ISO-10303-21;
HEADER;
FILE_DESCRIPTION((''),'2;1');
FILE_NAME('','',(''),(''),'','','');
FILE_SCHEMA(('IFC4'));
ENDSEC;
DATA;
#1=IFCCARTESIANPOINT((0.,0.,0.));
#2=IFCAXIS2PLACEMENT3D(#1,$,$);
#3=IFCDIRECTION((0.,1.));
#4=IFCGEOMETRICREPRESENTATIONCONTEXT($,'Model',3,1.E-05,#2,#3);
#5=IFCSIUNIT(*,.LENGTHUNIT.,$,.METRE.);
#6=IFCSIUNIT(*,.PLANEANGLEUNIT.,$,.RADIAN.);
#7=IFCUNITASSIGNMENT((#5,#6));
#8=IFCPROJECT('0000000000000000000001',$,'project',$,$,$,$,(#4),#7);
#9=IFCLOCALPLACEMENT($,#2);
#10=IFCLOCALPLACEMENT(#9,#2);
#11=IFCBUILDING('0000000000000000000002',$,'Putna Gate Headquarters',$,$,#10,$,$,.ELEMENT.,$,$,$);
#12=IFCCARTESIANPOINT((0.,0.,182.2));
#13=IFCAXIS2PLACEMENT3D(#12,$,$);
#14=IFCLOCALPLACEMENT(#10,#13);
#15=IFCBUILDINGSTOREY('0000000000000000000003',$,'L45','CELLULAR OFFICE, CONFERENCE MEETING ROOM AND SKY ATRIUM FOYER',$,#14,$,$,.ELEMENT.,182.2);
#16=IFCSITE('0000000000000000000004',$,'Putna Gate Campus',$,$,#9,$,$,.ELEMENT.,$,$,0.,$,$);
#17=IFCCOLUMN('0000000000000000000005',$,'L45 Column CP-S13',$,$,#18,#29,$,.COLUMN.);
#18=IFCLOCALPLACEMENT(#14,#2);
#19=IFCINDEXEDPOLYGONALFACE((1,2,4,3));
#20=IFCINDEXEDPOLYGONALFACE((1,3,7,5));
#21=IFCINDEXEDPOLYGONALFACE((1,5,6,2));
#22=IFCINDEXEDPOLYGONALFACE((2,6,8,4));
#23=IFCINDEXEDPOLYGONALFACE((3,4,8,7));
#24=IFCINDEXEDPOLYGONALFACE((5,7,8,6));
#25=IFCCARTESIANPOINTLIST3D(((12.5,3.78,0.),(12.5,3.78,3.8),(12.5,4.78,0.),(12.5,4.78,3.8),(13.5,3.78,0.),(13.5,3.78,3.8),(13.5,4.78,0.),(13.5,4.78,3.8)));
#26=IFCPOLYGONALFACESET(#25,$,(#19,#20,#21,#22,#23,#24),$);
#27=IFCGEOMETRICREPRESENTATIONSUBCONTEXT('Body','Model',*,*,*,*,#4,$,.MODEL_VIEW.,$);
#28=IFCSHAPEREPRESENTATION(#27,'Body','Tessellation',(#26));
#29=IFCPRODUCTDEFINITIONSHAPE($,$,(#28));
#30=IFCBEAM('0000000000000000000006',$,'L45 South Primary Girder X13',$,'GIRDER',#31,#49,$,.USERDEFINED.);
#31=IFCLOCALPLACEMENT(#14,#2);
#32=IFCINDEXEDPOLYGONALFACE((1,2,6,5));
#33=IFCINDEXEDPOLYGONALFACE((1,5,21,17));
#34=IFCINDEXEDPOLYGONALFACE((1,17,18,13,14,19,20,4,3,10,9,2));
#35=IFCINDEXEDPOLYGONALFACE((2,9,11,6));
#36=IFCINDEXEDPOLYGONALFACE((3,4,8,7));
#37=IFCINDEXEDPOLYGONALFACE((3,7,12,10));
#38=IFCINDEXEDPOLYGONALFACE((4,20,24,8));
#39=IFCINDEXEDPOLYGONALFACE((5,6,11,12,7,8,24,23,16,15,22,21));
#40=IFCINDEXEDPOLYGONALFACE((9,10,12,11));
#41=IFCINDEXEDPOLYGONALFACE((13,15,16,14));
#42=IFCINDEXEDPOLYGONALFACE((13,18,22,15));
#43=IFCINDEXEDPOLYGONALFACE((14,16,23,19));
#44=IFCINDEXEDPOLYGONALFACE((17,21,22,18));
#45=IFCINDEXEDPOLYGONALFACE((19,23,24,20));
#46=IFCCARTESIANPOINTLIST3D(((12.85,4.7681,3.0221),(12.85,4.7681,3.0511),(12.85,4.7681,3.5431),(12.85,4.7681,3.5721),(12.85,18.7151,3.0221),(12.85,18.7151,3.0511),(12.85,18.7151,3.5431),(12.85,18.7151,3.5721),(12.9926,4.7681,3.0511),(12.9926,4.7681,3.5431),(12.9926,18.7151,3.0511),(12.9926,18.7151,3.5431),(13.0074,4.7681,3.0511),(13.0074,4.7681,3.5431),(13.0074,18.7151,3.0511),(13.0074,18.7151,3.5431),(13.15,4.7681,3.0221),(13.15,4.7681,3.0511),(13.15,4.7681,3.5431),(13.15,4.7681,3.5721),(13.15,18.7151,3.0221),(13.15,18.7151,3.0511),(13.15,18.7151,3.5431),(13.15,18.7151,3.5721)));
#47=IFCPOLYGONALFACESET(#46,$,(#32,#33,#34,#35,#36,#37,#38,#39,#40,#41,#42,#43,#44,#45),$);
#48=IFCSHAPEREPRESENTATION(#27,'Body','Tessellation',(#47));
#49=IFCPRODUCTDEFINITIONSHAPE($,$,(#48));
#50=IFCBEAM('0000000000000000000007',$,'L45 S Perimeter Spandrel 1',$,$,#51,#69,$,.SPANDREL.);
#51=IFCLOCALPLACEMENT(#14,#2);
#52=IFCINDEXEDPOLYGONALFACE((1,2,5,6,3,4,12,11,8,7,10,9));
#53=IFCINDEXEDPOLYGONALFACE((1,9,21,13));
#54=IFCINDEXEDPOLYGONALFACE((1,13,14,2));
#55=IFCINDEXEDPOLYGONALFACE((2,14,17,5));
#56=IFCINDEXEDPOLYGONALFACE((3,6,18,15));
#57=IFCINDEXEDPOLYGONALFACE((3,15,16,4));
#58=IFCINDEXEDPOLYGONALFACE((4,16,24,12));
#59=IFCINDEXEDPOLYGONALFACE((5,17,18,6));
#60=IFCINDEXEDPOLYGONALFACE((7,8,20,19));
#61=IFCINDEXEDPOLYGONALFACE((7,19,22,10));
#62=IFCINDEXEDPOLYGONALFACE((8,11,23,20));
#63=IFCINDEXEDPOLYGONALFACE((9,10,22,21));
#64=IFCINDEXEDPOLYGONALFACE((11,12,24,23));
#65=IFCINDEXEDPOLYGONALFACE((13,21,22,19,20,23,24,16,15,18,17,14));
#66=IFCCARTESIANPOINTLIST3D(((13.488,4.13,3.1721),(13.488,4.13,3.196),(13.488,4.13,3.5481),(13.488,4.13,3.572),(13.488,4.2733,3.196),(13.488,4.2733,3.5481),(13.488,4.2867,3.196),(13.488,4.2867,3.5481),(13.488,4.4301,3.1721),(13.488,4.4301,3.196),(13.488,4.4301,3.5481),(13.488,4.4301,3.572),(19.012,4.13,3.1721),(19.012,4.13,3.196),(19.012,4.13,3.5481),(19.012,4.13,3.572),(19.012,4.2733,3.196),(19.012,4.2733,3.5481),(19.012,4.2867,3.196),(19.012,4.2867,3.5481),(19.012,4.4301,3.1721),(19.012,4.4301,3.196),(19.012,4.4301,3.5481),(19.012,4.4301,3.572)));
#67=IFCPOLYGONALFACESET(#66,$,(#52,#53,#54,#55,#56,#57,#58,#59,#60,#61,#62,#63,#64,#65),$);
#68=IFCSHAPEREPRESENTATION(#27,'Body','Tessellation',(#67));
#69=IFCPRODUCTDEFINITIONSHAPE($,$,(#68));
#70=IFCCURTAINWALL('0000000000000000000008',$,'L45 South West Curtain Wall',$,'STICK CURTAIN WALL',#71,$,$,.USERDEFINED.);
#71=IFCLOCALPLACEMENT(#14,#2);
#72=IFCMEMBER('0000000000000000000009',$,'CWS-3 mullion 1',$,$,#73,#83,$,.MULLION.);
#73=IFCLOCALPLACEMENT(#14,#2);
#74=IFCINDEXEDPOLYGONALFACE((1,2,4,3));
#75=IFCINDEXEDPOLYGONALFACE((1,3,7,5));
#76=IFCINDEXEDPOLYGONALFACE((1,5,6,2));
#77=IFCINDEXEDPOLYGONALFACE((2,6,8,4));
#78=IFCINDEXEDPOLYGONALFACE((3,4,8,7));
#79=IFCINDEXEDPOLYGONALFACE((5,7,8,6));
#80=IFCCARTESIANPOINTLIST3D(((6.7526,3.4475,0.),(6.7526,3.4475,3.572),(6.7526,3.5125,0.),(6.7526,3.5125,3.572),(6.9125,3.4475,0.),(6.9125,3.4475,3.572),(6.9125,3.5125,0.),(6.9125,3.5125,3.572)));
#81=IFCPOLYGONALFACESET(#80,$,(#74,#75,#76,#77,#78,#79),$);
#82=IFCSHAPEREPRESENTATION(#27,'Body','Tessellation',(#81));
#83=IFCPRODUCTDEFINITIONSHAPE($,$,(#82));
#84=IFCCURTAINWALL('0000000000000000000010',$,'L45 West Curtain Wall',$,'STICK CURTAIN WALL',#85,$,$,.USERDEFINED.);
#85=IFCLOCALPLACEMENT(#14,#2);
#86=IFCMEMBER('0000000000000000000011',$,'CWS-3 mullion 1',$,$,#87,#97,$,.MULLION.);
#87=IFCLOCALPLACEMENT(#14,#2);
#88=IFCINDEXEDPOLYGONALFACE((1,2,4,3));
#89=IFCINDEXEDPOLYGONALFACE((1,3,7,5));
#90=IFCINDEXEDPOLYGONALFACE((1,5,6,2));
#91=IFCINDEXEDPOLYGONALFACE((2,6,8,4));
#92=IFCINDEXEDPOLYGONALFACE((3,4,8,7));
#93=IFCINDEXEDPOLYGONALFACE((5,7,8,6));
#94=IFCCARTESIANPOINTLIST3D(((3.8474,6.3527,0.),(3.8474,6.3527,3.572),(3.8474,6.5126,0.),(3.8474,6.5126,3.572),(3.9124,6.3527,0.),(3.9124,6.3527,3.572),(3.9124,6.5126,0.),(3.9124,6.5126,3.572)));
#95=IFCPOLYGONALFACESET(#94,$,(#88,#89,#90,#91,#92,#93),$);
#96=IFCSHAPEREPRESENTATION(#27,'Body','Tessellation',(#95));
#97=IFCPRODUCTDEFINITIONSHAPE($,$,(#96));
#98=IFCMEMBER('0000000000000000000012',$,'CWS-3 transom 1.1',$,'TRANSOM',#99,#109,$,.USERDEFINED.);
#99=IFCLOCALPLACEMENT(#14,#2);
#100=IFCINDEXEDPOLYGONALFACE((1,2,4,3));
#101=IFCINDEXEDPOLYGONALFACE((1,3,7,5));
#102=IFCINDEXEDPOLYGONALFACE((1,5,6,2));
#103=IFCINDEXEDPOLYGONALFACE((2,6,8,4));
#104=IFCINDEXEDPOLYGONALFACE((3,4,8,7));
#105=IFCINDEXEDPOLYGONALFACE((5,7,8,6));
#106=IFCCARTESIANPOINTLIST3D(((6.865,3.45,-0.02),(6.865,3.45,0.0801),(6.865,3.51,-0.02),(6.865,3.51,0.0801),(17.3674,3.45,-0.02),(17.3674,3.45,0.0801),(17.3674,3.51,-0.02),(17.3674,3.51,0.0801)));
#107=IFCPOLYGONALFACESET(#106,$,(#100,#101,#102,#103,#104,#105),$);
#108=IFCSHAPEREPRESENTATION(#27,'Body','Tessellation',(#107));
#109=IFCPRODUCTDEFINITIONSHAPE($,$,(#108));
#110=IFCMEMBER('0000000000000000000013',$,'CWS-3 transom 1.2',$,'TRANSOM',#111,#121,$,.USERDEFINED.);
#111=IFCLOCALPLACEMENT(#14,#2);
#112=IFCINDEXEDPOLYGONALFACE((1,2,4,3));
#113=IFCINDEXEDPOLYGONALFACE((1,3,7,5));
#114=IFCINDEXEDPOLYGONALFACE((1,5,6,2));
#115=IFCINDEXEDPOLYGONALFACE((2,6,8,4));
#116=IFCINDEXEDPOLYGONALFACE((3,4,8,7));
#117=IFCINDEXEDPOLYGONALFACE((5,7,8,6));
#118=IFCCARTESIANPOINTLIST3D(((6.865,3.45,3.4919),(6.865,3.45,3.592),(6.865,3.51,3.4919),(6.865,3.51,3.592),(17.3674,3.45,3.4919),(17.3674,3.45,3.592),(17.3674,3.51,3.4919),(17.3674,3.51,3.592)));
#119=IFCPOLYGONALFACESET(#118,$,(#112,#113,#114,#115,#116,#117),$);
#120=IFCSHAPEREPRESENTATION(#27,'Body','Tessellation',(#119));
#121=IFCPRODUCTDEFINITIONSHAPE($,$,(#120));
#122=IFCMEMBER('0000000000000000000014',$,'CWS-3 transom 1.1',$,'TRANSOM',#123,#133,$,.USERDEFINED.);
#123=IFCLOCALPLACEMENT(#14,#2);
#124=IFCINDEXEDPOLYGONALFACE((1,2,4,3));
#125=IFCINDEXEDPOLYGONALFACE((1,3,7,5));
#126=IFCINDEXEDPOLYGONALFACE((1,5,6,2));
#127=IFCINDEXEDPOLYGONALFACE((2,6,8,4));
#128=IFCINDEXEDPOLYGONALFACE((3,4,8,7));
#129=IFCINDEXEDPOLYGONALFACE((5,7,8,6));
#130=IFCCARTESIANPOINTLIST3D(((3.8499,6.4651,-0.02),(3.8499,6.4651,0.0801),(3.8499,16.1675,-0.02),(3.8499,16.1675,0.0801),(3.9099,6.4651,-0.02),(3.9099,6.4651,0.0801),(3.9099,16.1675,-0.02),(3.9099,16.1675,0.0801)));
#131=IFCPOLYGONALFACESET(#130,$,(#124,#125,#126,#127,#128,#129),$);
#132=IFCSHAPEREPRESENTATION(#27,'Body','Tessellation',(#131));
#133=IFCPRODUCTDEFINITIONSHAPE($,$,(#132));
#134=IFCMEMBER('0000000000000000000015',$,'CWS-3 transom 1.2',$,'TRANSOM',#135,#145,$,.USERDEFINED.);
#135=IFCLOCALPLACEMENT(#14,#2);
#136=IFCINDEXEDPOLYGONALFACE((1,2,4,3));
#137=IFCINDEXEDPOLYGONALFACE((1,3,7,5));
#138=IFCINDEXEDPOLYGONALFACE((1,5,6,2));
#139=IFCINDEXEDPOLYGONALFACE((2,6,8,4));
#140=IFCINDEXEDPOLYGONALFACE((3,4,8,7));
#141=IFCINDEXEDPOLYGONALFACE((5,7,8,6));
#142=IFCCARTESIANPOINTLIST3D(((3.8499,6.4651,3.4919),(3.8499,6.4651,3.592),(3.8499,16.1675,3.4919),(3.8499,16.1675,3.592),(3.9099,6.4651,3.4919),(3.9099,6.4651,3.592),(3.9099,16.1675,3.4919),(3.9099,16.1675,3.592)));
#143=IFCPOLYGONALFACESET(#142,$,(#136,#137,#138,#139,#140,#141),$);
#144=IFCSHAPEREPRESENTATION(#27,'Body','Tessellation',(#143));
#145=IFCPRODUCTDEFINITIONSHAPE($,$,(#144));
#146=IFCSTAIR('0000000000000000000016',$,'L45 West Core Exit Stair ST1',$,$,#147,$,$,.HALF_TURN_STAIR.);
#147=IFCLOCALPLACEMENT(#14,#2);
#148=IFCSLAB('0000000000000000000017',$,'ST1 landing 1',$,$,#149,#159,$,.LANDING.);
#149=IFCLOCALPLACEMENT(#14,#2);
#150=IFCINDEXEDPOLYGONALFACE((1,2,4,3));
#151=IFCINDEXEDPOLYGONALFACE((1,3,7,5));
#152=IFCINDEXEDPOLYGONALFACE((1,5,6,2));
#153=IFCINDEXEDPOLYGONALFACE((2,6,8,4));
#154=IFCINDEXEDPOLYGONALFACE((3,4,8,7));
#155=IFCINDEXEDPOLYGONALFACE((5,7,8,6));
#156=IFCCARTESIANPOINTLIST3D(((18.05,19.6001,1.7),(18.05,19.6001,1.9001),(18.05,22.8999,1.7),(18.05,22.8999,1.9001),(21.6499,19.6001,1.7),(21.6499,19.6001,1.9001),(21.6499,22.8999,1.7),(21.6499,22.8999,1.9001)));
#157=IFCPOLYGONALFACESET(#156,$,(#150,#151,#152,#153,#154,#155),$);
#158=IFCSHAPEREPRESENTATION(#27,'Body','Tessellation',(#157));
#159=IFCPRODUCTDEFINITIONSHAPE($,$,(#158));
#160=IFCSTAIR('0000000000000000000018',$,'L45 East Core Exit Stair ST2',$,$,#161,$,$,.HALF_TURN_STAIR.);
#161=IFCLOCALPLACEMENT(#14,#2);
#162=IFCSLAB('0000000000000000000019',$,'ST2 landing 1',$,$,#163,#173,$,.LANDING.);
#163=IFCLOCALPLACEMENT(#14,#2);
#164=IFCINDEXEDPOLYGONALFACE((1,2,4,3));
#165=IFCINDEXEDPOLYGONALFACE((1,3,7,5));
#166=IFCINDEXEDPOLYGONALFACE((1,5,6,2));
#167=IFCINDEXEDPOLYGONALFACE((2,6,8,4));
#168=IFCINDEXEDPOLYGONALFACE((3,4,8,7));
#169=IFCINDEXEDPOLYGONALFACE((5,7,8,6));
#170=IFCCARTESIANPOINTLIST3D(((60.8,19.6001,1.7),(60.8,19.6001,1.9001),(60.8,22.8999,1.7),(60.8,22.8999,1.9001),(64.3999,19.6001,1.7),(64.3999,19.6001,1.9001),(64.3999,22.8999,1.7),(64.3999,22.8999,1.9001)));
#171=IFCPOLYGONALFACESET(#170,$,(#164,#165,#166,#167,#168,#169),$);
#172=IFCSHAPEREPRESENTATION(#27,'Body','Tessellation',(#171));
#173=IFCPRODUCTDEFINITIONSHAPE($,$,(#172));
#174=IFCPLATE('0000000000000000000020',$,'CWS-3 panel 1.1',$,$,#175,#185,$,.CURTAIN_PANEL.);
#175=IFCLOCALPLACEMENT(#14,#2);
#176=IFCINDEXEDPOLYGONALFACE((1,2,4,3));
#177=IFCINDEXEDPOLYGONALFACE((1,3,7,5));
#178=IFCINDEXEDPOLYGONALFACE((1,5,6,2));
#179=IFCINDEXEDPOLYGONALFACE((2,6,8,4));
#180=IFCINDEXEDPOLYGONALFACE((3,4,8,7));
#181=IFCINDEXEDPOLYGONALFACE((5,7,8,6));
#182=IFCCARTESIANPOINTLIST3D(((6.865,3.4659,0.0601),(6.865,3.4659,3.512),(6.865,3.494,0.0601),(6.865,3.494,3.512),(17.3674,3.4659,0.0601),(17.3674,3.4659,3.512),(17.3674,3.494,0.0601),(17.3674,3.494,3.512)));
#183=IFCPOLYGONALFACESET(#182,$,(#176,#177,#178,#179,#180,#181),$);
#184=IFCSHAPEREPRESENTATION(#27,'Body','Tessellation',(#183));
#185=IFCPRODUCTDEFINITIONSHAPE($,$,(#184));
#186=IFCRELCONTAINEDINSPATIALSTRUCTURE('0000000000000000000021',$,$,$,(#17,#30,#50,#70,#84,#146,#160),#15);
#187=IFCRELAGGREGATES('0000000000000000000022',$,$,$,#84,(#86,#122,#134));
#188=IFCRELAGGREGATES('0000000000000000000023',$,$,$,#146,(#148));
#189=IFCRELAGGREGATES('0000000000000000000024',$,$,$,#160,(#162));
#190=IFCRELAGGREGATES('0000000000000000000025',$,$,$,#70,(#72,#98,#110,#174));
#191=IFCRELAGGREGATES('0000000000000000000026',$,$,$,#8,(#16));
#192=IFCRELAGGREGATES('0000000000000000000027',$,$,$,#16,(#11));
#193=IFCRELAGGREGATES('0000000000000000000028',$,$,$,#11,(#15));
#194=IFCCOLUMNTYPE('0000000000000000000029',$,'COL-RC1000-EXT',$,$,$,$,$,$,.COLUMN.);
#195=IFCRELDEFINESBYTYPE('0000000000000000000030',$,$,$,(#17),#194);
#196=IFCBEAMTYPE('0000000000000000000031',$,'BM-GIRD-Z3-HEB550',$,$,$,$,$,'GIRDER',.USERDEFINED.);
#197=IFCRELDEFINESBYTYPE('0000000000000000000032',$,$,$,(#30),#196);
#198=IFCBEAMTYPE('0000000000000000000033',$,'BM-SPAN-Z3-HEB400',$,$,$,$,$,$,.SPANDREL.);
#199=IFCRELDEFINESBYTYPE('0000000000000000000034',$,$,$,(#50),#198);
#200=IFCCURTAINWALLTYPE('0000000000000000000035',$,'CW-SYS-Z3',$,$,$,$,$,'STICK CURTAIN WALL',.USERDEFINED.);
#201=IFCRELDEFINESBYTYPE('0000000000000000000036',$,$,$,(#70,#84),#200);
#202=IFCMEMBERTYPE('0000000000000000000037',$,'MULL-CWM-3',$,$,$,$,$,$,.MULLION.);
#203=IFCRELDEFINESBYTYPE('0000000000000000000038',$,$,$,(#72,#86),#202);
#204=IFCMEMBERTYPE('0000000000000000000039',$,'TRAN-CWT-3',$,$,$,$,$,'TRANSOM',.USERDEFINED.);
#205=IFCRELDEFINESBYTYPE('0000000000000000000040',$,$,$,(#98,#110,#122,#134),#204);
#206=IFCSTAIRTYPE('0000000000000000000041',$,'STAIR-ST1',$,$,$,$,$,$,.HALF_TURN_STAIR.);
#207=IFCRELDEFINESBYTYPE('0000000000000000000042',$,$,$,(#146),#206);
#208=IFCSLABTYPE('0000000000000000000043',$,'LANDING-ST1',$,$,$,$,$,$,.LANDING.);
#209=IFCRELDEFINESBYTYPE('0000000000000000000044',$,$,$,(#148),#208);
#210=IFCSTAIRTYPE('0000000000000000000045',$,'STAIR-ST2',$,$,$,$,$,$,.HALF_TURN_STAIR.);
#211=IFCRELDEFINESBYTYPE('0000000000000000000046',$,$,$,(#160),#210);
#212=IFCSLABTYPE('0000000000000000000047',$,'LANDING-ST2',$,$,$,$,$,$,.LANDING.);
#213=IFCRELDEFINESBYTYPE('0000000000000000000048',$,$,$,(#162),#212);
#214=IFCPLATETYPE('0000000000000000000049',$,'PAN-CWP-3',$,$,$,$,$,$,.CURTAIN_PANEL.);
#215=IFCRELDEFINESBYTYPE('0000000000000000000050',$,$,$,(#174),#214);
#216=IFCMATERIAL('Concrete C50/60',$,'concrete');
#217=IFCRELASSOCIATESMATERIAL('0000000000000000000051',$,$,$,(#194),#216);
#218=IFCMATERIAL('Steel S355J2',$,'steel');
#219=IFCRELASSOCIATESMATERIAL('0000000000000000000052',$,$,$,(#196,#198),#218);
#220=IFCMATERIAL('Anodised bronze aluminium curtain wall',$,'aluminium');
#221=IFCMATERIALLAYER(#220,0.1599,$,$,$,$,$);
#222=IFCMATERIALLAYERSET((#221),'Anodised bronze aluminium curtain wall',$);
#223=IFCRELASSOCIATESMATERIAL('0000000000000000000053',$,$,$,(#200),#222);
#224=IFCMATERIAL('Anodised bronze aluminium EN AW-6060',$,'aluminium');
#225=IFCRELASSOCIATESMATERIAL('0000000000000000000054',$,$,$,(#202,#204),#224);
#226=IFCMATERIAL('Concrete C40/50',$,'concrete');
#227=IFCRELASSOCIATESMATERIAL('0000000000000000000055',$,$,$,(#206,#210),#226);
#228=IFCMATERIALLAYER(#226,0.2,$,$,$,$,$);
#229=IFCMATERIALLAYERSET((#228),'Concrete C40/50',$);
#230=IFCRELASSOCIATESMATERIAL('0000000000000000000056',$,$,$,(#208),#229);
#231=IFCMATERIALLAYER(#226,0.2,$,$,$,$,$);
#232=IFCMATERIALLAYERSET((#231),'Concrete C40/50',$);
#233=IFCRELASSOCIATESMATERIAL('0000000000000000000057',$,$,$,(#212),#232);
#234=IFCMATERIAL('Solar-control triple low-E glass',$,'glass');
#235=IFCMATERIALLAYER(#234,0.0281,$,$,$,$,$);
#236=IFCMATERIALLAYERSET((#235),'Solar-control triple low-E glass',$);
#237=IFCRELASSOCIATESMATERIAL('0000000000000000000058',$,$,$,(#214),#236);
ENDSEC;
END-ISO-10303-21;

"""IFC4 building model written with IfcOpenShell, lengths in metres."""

from ifc_helpers import new_model, si_unit, direction, frame, origin, origin_2d, place, context, subcontext, project, spatial, polyline, rectangle, i_section, outline, extrude, material, layer, layer_set, material_profile, profile_set, type_object, element, aggregate, save


model = new_model("IFC4")

# Units and contexts
model_context = context("Model", 3, precision=1e-05, world=origin(), true_north=direction((0.0, 1.0)))
body_context = subcontext(model_context, "Body", "Model", "MODEL_VIEW")
ifc_project = project(units=[si_unit("LENGTHUNIT", "METRE"), si_unit("PLANEANGLEUNIT", "RADIAN")], contexts=[model_context])

# Site, building, storey
site_placement = place(None, origin())
site = spatial("IfcSite", under=ifc_project, at=site_placement, Name="Putna Gate Campus", CompositionType="ELEMENT", RefElevation=0.0)
building_placement = place(site_placement, origin())
building = spatial("IfcBuilding", under=site, at=building_placement, Name="Putna Gate Headquarters", CompositionType="ELEMENT")
storey_placement = place(building_placement, frame((0.0, 0.0, 182.2)))
storey = spatial("IfcBuildingStorey", under=building, at=storey_placement, Name="L45", Description="CELLULAR OFFICE, CONFERENCE MEETING ROOM AND SKY ATRIUM FOYER", CompositionType="ELEMENT", Elevation=182.2)

# Column
ifc_material_1 = material(Name="Concrete C50/60", Category="concrete")
ifc_material_profile_1 = material_profile(ifc_material_1, rectangle(XDim=1.0, YDim=1.0, at=origin_2d()), Name="Concrete C50/60")
ifc_profile_set_1 = profile_set([ifc_material_profile_1], Name="Concrete C50/60")
column_type = type_object("IfcColumnType", Name="COL-RC1000-EXT", PredefinedType="COLUMN", material=ifc_profile_set_1)
column_placement = place(storey_placement, frame((13.0, 4.28, 0.0), z_axis=(0.0, 0.0, 1.0), x_axis=(1.0, 0.0, 0.0)))
element("IfcColumn", 1, at=column_placement, inside=storey, type_object=column_type, Name="L45 Column CP-S13", PredefinedType="COLUMN", context=body_context, shape_type="SweptSolid", body=[
    extrude(rectangle(XDim=1.0, YDim=1.0, at=origin_2d()), origin(), (0.0, 0.0, 1.0), 3.8),
])

# Beams
ifc_material_2 = material(Name="Steel S355J2", Category="steel")
ifc_material_profile_2 = material_profile(ifc_material_2, i_section(OverallWidth=0.3, OverallDepth=0.55, WebThickness=0.0149, FlangeThickness=0.0291, at=origin_2d()), Name="Steel S355J2")
ifc_profile_set_2 = profile_set([ifc_material_profile_2], Name="Steel S355J2")
beam_type_1 = type_object("IfcBeamType", Name="BM-GIRD-Z3-HEB550", ElementType="GIRDER", PredefinedType="USERDEFINED", material=ifc_profile_set_2)
beam_1_placement = place(storey_placement, frame((13.0, 4.7681, 3.2971), z_axis=(0.0, 1.0, 0.0), x_axis=(-1.0, 0.0, 0.0)))
element("IfcBeam", 2, at=beam_1_placement, inside=storey, type_object=beam_type_1, Name="L45 South Primary Girder X13", ObjectType="GIRDER", PredefinedType="USERDEFINED", context=body_context, shape_type="SweptSolid", body=[
    extrude(i_section(OverallWidth=0.3, OverallDepth=0.55, WebThickness=0.0149, FlangeThickness=0.0291, at=origin_2d()), origin(), (0.0, 0.0, 1.0), 13.947),
])
ifc_material_profile_3 = material_profile(ifc_material_2, i_section(OverallWidth=0.3, OverallDepth=0.3999, WebThickness=0.0134, FlangeThickness=0.0239, at=origin_2d()), Name="Steel S355J2")
ifc_profile_set_3 = profile_set([ifc_material_profile_3], Name="Steel S355J2")
beam_type_2 = type_object("IfcBeamType", Name="BM-SPAN-Z3-HEB400", PredefinedType="SPANDREL", material=ifc_profile_set_3)
beam_2_placement = place(storey_placement, frame((13.488, 4.28, 3.3721), z_axis=(1.0, 0.0, 0.0), x_axis=(0.0, 1.0, 0.0)))
element("IfcBeam", 3, at=beam_2_placement, inside=storey, type_object=beam_type_2, Name="L45 S Perimeter Spandrel 1", PredefinedType="SPANDREL", context=body_context, shape_type="SweptSolid", body=[
    extrude(i_section(OverallWidth=0.3, OverallDepth=0.3999, WebThickness=0.0134, FlangeThickness=0.0239, at=origin_2d()), origin(), (0.0, 0.0, 1.0), 5.5239),
])

# Curtain walls, members
ifc_material_3 = material(Name="Anodised bronze aluminium curtain wall", Category="aluminium")
ifc_layer_1 = layer(ifc_material_3, 0.1599)
ifc_layer_set_1 = layer_set([ifc_layer_1], Name="Anodised bronze aluminium curtain wall")
curtain_wall_type = type_object("IfcCurtainWallType", Name="CW-SYS-Z3", ElementType="STICK CURTAIN WALL", PredefinedType="USERDEFINED", material=ifc_layer_set_1)
curtain_wall_1_placement = place(storey_placement, origin())
curtain_wall_1 = element("IfcCurtainWall", 4, at=curtain_wall_1_placement, inside=storey, type_object=curtain_wall_type, Name="L45 South West Curtain Wall", ObjectType="STICK CURTAIN WALL", PredefinedType="USERDEFINED")
ifc_material_4 = material(Name="Anodised bronze aluminium EN AW-6060", Category="aluminium")
ifc_material_profile_4 = material_profile(ifc_material_4, rectangle(XDim=0.0649, YDim=0.1599, at=origin_2d()), Name="Anodised bronze aluminium EN AW-6060")
ifc_profile_set_4 = profile_set([ifc_material_profile_4], Name="Anodised bronze aluminium EN AW-6060")
member_type_1 = type_object("IfcMemberType", Name="MULL-CWM-3", PredefinedType="MULLION", material=ifc_profile_set_4)
member_1_placement = place(storey_placement, frame((6.8325, 3.48, 0.0), z_axis=(0.0, 0.0, 1.0), x_axis=(0.0, 1.0, 0.0)))
member_1 = element("IfcMember", 5, at=member_1_placement, type_object=member_type_1, Name="CWS-3 mullion 1", PredefinedType="MULLION", context=body_context, shape_type="SweptSolid", body=[
    extrude(rectangle(XDim=0.0649, YDim=0.1599, at=origin_2d()), origin(), (0.0, 0.0, 1.0), 3.572),
])
curtain_wall_2_placement = place(storey_placement, origin())
curtain_wall_2 = element("IfcCurtainWall", 6, at=curtain_wall_2_placement, inside=storey, type_object=curtain_wall_type, Name="L45 West Curtain Wall", ObjectType="STICK CURTAIN WALL", PredefinedType="USERDEFINED")
member_2_placement = place(storey_placement, frame((3.8799, 6.4326, 0.0), z_axis=(0.0, 0.0, 1.0), x_axis=(-1.0, 0.0, 0.0)))
member_2 = element("IfcMember", 7, at=member_2_placement, type_object=member_type_1, Name="CWS-3 mullion 1", PredefinedType="MULLION", context=body_context, shape_type="SweptSolid", body=[
    extrude(rectangle(XDim=0.0649, YDim=0.1599, at=origin_2d()), origin(), (0.0, 0.0, 1.0), 3.572),
])

# Members
ifc_material_profile_5 = material_profile(ifc_material_4, rectangle(XDim=0.0601, YDim=0.1001, at=origin_2d()), Name="Anodised bronze aluminium EN AW-6060")
ifc_profile_set_5 = profile_set([ifc_material_profile_5], Name="Anodised bronze aluminium EN AW-6060")
member_type_2 = type_object("IfcMemberType", Name="TRAN-CWT-3", ElementType="TRANSOM", PredefinedType="USERDEFINED", material=ifc_profile_set_5)
member_3_placement = place(storey_placement, frame((6.865, 3.48, 0.03), z_axis=(1.0, 0.0, 0.0), x_axis=(0.0, 1.0, 0.0)))
member_3 = element("IfcMember", 8, at=member_3_placement, type_object=member_type_2, Name="CWS-3 transom 1.1", ObjectType="TRANSOM", PredefinedType="USERDEFINED", context=body_context, shape_type="SweptSolid", body=[
    extrude(rectangle(XDim=0.0601, YDim=0.1001, at=origin_2d()), origin(), (0.0, 0.0, 1.0), 10.5024),
])
member_4_placement = place(storey_placement, frame((6.865, 3.48, 3.542), z_axis=(1.0, 0.0, 0.0), x_axis=(0.0, 1.0, 0.0)))
member_4 = element("IfcMember", 9, at=member_4_placement, type_object=member_type_2, Name="CWS-3 transom 1.2", ObjectType="TRANSOM", PredefinedType="USERDEFINED", context=body_context, shape_type="SweptSolid", body=[
    extrude(rectangle(XDim=0.0601, YDim=0.1001, at=origin_2d()), origin(), (0.0, 0.0, 1.0), 10.5024),
])
member_5_placement = place(storey_placement, frame((3.8799, 6.4651, 0.03), z_axis=(0.0, 1.0, 0.0), x_axis=(-1.0, 0.0, 0.0)))
member_5 = element("IfcMember", 10, at=member_5_placement, type_object=member_type_2, Name="CWS-3 transom 1.1", ObjectType="TRANSOM", PredefinedType="USERDEFINED", context=body_context, shape_type="SweptSolid", body=[
    extrude(rectangle(XDim=0.0601, YDim=0.1001, at=origin_2d()), origin(), (0.0, 0.0, 1.0), 9.7024),
])
member_6_placement = place(storey_placement, frame((3.8799, 6.4651, 3.542), z_axis=(0.0, 1.0, 0.0), x_axis=(-1.0, 0.0, 0.0)))
member_6 = element("IfcMember", 11, at=member_6_placement, type_object=member_type_2, Name="CWS-3 transom 1.2", ObjectType="TRANSOM", PredefinedType="USERDEFINED", context=body_context, shape_type="SweptSolid", body=[
    extrude(rectangle(XDim=0.0601, YDim=0.1001, at=origin_2d()), origin(), (0.0, 0.0, 1.0), 9.7024),
])
aggregate(curtain_wall_2, [member_2, member_5, member_6])

# Stairs, slabs
ifc_material_5 = material(Name="Concrete C40/50", Category="concrete")
stair_type_1 = type_object("IfcStairType", Name="STAIR-ST1", PredefinedType="HALF_TURN_STAIR", material=ifc_material_5)
stair_1_placement = place(storey_placement, origin())
stair_1 = element("IfcStair", 12, at=stair_1_placement, inside=storey, type_object=stair_type_1, Name="L45 West Core Exit Stair ST1", PredefinedType="HALF_TURN_STAIR")
ifc_layer_2 = layer(ifc_material_5, 0.2)
ifc_layer_set_2 = layer_set([ifc_layer_2], Name="Concrete C40/50")
slab_type_1 = type_object("IfcSlabType", Name="LANDING-ST1", PredefinedType="LANDING", material=ifc_layer_set_2)
slab_1_placement = place(storey_placement, frame((0.0, 0.0, 1.7)))
slab_1 = element("IfcSlab", 13, at=slab_1_placement, type_object=slab_type_1, Name="ST1 landing 1", PredefinedType="LANDING", context=body_context, shape_type="SweptSolid", body=[
    extrude(outline(polyline([(18.05, 19.6001), (21.6499, 19.6001), (21.6499, 22.8999), (18.05, 22.8999), (18.05, 19.6001)])), origin(), (0.0, 0.0, 1.0), 0.2002),
])
aggregate(stair_1, [slab_1])
stair_type_2 = type_object("IfcStairType", Name="STAIR-ST2", PredefinedType="HALF_TURN_STAIR", material=ifc_material_5)
stair_2_placement = place(storey_placement, origin())
stair_2 = element("IfcStair", 14, at=stair_2_placement, inside=storey, type_object=stair_type_2, Name="L45 East Core Exit Stair ST2", PredefinedType="HALF_TURN_STAIR")
ifc_layer_3 = layer(ifc_material_5, 0.2)
ifc_layer_set_3 = layer_set([ifc_layer_3], Name="Concrete C40/50")
slab_type_2 = type_object("IfcSlabType", Name="LANDING-ST2", PredefinedType="LANDING", material=ifc_layer_set_3)
slab_2_placement = place(storey_placement, frame((0.0, 0.0, 1.7)))
slab_2 = element("IfcSlab", 15, at=slab_2_placement, type_object=slab_type_2, Name="ST2 landing 1", PredefinedType="LANDING", context=body_context, shape_type="SweptSolid", body=[
    extrude(outline(polyline([(60.8, 19.6001), (64.3999, 19.6001), (64.3999, 22.8999), (60.8, 22.8999), (60.8, 19.6001)])), origin(), (0.0, 0.0, 1.0), 0.2002),
])
aggregate(stair_2, [slab_2])

# Plate
ifc_material_6 = material(Name="Solar-control triple low-E glass", Category="glass")
ifc_layer_4 = layer(ifc_material_6, 0.0281)
ifc_layer_set_4 = layer_set([ifc_layer_4], Name="Solar-control triple low-E glass")
plate_type = type_object("IfcPlateType", Name="PAN-CWP-3", PredefinedType="CURTAIN_PANEL", material=ifc_layer_set_4)
plate_placement = place(storey_placement, frame((12.1162, 3.48, 0.0601), z_axis=(0.0, 0.0, 1.0), x_axis=(1.0, 0.0, 0.0)))
plate = element("IfcPlate", 16, at=plate_placement, type_object=plate_type, Name="CWS-3 panel 1.1", PredefinedType="CURTAIN_PANEL", context=body_context, shape_type="SweptSolid", body=[
    extrude(rectangle(XDim=10.5024, YDim=0.0281, at=origin_2d()), origin(), (0.0, 0.0, 1.0), 3.4519),
])
aggregate(curtain_wall_1, [member_1, member_3, member_4, plate])

save(model, "model.ifc")
